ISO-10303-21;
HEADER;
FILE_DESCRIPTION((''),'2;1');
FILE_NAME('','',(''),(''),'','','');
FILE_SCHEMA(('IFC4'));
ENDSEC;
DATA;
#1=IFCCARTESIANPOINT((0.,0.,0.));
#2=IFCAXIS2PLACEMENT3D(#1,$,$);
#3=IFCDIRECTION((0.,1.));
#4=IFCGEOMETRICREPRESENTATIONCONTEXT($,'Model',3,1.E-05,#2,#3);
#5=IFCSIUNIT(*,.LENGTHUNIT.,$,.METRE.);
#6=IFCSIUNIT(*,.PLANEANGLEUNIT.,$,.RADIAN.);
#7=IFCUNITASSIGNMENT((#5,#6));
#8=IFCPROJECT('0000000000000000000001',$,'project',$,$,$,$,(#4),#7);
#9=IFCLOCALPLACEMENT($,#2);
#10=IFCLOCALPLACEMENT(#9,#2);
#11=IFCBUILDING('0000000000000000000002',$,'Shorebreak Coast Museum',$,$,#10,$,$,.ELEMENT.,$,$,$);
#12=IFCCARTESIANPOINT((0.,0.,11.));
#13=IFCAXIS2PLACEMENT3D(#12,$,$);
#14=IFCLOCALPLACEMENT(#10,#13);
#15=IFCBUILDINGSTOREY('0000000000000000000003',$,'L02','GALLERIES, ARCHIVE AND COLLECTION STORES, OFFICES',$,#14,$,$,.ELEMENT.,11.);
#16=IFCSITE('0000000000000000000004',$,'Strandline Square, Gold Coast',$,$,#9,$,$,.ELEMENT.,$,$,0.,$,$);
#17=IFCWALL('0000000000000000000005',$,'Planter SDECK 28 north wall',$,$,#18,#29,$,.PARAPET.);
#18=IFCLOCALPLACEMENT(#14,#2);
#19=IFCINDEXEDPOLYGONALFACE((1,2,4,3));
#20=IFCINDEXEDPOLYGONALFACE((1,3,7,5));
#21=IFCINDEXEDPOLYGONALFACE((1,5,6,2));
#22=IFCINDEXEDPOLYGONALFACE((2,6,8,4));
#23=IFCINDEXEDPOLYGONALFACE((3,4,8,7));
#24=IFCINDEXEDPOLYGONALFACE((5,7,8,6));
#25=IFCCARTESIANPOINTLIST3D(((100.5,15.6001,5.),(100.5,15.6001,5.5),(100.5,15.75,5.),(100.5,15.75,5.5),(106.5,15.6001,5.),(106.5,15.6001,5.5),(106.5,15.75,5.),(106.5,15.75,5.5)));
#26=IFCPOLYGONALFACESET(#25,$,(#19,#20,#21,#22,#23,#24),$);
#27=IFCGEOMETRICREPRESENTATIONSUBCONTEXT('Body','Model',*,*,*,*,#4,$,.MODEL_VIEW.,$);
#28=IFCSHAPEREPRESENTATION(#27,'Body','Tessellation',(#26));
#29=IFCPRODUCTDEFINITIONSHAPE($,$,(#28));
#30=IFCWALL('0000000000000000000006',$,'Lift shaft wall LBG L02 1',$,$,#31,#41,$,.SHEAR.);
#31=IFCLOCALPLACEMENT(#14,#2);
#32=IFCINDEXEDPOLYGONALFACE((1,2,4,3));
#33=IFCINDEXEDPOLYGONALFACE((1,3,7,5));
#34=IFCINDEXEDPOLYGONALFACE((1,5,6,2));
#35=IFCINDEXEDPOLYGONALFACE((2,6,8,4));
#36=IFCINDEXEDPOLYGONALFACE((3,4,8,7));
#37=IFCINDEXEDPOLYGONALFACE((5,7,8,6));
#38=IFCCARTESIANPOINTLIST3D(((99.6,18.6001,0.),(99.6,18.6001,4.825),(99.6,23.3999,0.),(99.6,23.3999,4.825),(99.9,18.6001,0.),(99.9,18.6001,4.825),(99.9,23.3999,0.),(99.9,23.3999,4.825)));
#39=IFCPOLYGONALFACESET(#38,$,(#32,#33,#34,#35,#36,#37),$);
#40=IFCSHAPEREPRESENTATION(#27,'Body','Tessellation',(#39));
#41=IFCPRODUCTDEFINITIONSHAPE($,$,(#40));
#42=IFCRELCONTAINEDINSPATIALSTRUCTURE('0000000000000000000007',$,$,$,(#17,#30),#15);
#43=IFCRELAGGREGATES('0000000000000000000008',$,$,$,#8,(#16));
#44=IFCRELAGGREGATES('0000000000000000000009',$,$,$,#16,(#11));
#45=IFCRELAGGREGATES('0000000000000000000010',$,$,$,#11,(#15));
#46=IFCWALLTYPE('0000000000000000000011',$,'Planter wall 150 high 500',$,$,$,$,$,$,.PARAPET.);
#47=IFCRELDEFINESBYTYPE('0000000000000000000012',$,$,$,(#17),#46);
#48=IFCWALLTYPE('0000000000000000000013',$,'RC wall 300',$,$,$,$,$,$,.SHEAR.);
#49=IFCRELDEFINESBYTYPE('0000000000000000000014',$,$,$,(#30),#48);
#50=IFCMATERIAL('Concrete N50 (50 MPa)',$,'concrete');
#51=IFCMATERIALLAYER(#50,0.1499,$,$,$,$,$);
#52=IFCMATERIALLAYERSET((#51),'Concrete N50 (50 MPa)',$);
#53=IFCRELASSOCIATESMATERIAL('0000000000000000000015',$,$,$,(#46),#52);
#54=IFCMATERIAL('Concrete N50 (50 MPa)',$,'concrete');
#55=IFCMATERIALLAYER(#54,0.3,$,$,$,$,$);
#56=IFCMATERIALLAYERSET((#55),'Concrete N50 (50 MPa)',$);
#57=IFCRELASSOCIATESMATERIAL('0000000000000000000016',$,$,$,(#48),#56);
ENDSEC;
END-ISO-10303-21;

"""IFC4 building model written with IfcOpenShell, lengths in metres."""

from ifc_helpers import new_model, si_unit, direction, frame, frame_2d, origin, place, context, subcontext, project, spatial, rectangle, extrude, material, layer, layer_set, type_object, element, save


model = new_model("IFC4")

# Units and contexts
model_context = context("Model", 3, precision=1e-05, world=origin(), true_north=direction((0.0, 1.0)))
body_context = subcontext(model_context, "Body", "Model", "MODEL_VIEW")
ifc_project = project(units=[si_unit("LENGTHUNIT", "METRE"), si_unit("PLANEANGLEUNIT", "RADIAN")], contexts=[model_context])

# Site, building, storey
site_placement = place(None, origin())
site = spatial("IfcSite", under=ifc_project, at=site_placement, Name="Strandline Square, Gold Coast", CompositionType="ELEMENT", RefElevation=0.0)
building_placement = place(site_placement, origin())
building = spatial("IfcBuilding", under=site, at=building_placement, Name="Shorebreak Coast Museum", CompositionType="ELEMENT")
storey_placement = place(building_placement, frame((0.0, 0.0, 11.0)))
storey = spatial("IfcBuildingStorey", under=building, at=storey_placement, Name="L02", Description="GALLERIES, ARCHIVE AND COLLECTION STORES, OFFICES", CompositionType="ELEMENT", Elevation=11.0)

# Walls
ifc_material_1 = material(Name="Concrete N50 (50 MPa)", Category="concrete")
ifc_layer_1 = layer(ifc_material_1, 0.1499)
ifc_layer_set_1 = layer_set([ifc_layer_1], Name="Concrete N50 (50 MPa)")
wall_type_1 = type_object("IfcWallType", Name="Planter wall 150 high 500", PredefinedType="PARAPET", material=ifc_layer_set_1)
wall_1_placement = place(storey_placement, frame((100.5, 15.675, 5.0), z_axis=(0.0, 0.0, 1.0), x_axis=(1.0, 0.0, 0.0)))
element("IfcWall", 1, at=wall_1_placement, inside=storey, type_object=wall_type_1, Name="Planter SDECK 28 north wall", PredefinedType="PARAPET", context=body_context, shape_type="SweptSolid", body=[
    extrude(rectangle(XDim=6.0, YDim=0.1499, at=frame_2d((3.0, 0.0))), origin(), (0.0, 0.0, 1.0), 0.5),
])
ifc_material_2 = material(Name="Concrete N50 (50 MPa)", Category="concrete")
ifc_layer_2 = layer(ifc_material_2, 0.3)
ifc_layer_set_2 = layer_set([ifc_layer_2], Name="Concrete N50 (50 MPa)")
wall_type_2 = type_object("IfcWallType", Name="RC wall 300", PredefinedType="SHEAR", material=ifc_layer_set_2)
wall_2_placement = place(storey_placement, frame((99.75, 18.6001, 0.0), z_axis=(0.0, 0.0, 1.0), x_axis=(0.0, 1.0, 0.0)))
element("IfcWall", 2, at=wall_2_placement, inside=storey, type_object=wall_type_2, Name="Lift shaft wall LBG L02 1", PredefinedType="SHEAR", context=body_context, shape_type="SweptSolid", body=[
    extrude(rectangle(XDim=4.7998, YDim=0.3, at=frame_2d((2.3999, 0.0))), origin(), (0.0, 0.0, 1.0), 4.825),
])

save(model, "model.ifc")
